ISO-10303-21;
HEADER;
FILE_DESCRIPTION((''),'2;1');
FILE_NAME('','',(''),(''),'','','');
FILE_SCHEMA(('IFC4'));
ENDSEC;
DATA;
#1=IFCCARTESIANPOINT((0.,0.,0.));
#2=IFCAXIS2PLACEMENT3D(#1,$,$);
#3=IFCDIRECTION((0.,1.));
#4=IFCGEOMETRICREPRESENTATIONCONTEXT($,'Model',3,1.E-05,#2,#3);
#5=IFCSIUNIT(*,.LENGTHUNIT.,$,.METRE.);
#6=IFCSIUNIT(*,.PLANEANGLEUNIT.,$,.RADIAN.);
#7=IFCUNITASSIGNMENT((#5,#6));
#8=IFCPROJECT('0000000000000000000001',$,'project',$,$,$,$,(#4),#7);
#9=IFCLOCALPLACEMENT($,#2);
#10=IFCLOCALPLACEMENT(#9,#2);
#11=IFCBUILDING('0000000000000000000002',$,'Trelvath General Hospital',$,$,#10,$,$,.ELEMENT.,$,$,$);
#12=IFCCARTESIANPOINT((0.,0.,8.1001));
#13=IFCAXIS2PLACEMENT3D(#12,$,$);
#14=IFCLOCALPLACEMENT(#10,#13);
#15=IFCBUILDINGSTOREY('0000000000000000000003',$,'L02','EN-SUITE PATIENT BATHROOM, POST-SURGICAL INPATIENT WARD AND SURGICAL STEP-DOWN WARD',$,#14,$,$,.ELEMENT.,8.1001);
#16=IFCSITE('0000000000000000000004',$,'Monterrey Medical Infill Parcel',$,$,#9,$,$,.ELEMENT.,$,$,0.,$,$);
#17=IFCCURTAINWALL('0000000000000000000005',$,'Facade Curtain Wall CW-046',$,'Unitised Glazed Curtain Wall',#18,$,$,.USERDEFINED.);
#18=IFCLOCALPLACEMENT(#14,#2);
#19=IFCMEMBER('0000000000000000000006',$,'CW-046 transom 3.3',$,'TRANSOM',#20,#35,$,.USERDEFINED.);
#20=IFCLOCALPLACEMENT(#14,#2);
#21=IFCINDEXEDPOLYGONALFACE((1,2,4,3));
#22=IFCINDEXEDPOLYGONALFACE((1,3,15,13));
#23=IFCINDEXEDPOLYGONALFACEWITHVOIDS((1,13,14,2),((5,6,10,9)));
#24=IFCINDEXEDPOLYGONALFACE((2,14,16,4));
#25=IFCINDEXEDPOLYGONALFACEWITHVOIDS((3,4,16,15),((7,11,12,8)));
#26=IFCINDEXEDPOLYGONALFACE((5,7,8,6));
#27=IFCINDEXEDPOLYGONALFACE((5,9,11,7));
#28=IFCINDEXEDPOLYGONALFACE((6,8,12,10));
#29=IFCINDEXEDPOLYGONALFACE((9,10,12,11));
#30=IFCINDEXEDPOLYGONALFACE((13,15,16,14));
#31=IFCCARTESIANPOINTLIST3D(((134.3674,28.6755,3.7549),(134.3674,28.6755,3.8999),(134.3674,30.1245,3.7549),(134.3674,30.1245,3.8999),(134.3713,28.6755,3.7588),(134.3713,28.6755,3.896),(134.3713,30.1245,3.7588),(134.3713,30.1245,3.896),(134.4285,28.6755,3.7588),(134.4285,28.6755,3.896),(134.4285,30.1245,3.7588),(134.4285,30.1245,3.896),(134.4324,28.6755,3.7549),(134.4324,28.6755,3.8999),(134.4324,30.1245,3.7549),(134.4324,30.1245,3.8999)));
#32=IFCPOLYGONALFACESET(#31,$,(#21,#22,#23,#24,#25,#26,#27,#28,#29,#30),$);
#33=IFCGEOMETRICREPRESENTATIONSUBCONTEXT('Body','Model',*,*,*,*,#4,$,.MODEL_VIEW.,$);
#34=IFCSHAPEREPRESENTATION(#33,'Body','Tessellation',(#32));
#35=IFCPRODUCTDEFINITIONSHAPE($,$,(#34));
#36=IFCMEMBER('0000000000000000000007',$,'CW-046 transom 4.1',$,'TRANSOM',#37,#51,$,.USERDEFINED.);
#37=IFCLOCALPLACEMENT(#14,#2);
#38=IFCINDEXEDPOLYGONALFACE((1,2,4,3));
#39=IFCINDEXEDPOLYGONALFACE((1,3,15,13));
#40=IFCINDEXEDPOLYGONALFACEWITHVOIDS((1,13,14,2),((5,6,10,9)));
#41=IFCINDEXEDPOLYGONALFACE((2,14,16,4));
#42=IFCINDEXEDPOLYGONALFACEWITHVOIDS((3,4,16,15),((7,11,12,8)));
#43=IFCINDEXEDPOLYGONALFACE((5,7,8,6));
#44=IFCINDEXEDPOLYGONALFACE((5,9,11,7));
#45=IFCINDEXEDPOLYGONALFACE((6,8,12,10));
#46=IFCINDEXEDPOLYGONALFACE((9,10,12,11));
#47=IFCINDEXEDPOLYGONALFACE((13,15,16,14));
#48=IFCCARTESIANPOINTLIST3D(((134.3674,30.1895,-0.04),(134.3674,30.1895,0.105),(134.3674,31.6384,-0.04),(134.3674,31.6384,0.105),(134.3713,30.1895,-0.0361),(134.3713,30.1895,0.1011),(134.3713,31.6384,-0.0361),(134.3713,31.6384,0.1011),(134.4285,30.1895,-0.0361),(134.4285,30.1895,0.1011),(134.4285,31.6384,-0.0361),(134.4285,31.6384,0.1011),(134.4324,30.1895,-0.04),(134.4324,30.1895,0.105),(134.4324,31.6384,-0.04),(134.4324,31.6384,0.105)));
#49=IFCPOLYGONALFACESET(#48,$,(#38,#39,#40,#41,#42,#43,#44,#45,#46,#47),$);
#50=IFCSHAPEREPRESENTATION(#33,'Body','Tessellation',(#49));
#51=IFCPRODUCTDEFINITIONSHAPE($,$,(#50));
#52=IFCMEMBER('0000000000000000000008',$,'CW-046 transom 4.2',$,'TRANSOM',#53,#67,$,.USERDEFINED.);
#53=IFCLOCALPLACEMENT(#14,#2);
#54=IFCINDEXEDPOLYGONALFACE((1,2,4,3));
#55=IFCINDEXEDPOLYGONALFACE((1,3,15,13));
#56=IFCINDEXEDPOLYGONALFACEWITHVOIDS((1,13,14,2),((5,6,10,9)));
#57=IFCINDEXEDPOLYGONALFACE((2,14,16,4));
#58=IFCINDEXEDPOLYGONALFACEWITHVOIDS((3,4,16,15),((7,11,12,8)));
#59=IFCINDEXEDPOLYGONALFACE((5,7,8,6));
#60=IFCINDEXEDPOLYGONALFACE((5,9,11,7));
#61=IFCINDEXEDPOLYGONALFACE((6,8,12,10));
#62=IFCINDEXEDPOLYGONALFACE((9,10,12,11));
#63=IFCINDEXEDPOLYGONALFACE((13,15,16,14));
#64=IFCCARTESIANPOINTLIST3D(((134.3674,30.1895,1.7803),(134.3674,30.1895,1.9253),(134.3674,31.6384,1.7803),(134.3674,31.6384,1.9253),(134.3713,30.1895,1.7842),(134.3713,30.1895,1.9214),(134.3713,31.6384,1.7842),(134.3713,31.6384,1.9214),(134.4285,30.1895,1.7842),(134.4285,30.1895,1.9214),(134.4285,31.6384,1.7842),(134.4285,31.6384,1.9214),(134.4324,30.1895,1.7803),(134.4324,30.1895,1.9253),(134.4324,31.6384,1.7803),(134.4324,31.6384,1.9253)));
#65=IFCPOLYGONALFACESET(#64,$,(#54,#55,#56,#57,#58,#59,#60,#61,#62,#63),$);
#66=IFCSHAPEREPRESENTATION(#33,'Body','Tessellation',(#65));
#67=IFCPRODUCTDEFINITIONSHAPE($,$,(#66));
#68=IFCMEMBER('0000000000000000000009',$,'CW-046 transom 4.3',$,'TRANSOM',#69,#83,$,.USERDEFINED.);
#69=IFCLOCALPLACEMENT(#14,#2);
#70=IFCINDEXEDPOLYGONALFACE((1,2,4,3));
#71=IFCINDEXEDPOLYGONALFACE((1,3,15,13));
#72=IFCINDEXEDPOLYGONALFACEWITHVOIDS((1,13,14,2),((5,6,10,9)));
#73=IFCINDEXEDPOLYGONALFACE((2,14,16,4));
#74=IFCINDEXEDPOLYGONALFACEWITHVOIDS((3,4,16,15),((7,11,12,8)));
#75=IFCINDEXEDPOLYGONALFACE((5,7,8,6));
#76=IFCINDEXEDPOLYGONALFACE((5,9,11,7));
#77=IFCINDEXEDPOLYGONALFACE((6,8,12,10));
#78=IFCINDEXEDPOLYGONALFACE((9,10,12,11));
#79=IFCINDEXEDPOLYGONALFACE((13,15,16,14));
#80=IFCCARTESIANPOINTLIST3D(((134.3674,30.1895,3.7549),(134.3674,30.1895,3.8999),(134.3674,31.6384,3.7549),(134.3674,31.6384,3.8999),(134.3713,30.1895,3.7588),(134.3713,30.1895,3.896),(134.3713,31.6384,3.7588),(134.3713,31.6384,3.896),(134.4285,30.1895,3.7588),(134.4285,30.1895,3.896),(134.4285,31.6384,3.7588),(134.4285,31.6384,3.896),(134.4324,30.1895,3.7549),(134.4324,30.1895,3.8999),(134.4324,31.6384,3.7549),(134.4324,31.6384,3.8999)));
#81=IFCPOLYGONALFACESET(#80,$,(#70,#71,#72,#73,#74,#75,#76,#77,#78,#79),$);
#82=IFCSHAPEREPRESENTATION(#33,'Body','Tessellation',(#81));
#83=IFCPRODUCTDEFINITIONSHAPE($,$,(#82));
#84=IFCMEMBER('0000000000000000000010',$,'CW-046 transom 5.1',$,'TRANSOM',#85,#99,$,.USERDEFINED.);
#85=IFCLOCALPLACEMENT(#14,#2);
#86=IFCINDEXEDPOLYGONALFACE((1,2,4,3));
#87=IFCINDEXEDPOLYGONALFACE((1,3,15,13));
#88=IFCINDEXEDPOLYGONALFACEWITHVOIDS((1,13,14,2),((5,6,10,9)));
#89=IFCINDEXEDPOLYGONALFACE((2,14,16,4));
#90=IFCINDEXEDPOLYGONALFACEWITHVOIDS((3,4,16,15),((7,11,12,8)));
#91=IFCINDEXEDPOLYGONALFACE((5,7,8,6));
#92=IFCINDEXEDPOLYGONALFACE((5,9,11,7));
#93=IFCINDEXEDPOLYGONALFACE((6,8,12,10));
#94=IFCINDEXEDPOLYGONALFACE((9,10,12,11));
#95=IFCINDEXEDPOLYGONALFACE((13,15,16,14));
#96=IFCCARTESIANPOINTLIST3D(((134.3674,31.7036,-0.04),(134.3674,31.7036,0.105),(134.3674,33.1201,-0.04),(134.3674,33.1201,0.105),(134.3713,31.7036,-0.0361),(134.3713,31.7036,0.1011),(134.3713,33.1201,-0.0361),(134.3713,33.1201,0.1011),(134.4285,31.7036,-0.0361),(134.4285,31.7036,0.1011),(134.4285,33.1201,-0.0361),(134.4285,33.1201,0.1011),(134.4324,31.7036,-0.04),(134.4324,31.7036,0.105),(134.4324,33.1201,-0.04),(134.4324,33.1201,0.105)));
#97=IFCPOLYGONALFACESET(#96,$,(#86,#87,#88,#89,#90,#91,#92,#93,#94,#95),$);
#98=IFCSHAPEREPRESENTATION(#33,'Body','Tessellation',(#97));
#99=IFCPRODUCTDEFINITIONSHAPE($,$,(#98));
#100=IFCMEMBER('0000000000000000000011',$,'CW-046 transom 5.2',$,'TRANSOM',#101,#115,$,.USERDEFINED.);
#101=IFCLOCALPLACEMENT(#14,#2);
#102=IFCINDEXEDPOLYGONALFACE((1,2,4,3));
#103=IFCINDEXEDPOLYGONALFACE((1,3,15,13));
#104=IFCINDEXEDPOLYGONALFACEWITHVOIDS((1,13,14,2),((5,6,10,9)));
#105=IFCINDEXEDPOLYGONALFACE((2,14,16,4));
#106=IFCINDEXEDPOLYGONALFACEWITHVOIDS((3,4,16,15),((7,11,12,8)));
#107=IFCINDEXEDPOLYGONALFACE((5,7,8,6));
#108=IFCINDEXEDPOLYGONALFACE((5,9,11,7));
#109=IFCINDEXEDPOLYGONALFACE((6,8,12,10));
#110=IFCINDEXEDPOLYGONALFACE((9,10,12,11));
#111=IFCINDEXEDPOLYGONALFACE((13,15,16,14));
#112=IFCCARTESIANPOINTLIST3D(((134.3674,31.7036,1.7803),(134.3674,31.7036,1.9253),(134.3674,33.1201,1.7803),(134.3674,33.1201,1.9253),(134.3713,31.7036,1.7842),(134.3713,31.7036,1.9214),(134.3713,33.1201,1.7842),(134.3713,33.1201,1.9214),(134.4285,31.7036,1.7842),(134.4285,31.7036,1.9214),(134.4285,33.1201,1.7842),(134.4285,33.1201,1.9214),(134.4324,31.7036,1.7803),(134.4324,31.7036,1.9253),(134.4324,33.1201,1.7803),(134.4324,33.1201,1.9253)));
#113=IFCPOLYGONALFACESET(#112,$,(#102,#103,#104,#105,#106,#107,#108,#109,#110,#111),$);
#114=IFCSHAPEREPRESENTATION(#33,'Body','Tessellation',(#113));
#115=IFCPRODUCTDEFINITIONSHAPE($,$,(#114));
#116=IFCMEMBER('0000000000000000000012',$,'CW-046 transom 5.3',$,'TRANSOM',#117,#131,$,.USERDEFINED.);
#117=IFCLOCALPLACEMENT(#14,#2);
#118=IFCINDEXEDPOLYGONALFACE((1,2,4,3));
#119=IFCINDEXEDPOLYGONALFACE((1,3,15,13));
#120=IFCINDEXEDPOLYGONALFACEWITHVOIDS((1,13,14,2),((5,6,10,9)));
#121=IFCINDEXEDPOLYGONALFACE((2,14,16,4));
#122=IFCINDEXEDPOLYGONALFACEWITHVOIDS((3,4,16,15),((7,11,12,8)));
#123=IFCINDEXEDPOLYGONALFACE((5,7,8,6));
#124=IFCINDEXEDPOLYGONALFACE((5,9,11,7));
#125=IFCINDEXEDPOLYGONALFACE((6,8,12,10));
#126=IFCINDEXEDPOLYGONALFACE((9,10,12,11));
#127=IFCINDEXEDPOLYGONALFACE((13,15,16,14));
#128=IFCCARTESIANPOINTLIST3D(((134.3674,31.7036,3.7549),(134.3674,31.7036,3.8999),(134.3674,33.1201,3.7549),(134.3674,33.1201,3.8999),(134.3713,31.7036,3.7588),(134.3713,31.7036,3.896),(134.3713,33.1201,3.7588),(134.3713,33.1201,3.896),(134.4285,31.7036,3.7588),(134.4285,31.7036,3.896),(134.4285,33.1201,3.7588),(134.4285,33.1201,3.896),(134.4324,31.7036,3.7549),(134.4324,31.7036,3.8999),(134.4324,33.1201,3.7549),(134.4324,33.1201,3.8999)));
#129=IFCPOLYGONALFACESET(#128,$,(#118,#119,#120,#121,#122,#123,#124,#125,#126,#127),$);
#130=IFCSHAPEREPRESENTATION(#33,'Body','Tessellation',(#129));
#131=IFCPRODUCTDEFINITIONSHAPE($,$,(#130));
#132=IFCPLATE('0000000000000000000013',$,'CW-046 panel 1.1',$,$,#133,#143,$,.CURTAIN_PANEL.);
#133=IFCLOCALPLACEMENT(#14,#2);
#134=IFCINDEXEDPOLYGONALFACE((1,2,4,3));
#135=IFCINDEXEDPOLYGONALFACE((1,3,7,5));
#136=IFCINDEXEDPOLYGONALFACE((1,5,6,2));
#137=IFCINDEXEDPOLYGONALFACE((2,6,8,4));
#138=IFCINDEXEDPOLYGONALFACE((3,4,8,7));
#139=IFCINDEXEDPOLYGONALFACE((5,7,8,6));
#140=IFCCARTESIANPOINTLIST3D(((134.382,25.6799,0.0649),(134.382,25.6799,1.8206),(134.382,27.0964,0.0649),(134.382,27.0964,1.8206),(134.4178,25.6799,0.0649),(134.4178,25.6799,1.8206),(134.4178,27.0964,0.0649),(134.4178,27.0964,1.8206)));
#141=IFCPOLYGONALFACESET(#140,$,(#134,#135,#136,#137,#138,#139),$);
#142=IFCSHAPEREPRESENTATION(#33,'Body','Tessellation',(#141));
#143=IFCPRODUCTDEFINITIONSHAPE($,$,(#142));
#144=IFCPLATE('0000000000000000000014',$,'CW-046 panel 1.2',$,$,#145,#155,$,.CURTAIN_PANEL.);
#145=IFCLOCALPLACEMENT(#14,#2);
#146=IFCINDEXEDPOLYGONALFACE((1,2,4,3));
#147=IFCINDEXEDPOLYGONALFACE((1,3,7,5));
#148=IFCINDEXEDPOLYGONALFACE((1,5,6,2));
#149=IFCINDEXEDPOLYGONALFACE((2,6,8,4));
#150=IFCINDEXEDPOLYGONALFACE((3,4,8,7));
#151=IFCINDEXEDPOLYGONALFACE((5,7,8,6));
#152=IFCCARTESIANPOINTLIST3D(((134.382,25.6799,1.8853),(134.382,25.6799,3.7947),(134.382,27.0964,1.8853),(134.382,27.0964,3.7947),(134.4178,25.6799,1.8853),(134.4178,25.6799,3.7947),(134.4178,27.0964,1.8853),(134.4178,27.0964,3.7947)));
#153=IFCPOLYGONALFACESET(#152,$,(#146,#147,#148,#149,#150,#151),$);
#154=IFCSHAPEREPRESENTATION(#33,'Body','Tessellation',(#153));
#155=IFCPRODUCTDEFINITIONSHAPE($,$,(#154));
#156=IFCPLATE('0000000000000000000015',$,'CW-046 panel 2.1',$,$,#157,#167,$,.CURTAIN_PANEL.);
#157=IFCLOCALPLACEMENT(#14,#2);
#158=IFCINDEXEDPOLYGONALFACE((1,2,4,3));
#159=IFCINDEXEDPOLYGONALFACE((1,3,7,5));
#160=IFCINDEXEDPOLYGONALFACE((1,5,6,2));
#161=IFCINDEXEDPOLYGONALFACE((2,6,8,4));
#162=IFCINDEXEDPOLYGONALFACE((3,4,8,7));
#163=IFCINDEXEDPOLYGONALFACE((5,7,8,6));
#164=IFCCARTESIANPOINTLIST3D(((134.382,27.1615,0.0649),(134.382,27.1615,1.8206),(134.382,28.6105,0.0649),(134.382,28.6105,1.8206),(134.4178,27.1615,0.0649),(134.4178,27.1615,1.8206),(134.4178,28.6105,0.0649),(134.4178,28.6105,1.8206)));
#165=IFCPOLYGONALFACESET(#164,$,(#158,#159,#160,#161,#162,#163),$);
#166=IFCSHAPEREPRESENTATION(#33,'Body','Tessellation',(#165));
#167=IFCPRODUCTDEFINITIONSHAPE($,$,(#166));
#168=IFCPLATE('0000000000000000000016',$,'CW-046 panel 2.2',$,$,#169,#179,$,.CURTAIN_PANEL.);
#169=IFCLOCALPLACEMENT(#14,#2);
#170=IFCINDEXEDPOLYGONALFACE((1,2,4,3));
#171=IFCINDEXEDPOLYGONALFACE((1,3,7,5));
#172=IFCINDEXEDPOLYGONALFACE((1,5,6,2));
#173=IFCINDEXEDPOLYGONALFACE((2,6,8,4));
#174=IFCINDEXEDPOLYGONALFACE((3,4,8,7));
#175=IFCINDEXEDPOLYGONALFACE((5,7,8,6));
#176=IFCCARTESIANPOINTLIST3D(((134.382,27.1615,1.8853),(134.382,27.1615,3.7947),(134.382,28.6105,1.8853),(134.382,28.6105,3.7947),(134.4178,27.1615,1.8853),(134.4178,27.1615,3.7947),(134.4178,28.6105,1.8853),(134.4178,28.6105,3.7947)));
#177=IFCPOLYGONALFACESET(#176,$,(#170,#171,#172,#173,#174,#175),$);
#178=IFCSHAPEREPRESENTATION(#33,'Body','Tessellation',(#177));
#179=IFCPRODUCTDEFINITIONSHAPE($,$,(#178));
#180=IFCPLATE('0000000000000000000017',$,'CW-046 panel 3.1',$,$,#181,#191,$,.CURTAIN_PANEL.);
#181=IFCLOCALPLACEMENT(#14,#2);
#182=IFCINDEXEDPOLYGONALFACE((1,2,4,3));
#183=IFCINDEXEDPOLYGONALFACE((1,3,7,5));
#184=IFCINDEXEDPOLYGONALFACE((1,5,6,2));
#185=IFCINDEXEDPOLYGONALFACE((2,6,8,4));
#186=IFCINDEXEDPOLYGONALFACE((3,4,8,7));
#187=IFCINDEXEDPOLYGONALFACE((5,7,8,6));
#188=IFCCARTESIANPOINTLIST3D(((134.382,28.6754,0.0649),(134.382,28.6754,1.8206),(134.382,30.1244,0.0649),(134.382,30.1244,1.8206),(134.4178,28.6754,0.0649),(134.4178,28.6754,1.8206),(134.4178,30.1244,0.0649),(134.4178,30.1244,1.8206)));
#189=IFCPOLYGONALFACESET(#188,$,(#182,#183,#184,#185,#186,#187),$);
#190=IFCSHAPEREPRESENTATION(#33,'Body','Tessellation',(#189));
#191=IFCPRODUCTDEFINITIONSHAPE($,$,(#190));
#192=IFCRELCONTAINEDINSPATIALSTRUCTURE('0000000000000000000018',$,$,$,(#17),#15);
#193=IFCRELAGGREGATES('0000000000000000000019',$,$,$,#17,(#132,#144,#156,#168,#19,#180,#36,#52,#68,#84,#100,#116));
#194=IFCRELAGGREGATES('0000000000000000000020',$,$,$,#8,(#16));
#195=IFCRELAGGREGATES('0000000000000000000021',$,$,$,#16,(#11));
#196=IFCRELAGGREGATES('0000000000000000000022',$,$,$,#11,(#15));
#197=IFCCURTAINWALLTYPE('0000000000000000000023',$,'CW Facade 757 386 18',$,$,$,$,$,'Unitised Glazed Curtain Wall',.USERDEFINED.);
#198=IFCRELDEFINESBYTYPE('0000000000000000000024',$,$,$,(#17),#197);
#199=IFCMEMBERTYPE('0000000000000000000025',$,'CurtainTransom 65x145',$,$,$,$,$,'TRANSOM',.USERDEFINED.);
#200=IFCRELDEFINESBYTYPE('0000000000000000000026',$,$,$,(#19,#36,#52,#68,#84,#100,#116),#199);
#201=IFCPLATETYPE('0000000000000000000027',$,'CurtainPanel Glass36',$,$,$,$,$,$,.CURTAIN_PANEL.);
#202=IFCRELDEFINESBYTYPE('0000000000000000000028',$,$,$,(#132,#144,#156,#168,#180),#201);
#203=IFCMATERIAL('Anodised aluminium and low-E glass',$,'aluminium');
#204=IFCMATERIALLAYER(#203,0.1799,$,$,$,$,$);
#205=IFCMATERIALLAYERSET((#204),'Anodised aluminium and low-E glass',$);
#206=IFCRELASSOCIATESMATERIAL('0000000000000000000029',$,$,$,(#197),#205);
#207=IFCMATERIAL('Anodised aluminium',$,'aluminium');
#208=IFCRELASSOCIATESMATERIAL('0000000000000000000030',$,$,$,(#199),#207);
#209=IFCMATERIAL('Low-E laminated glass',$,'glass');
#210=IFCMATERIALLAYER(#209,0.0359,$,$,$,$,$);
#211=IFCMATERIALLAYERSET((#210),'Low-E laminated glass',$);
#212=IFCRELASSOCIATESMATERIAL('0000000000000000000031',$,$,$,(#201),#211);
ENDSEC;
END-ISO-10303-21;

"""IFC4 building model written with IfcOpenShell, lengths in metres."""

from ifc_helpers import new_model, si_unit, direction, frame, origin, origin_2d, place, context, subcontext, project, spatial, rectangle, hollow_rectangle, extrude, material, layer, layer_set, material_profile, profile_set, type_object, element, aggregate, save


model = new_model("IFC4")

# Units and contexts
model_context = context("Model", 3, precision=1e-05, world=origin(), true_north=direction((0.0, 1.0)))
body_context = subcontext(model_context, "Body", "Model", "MODEL_VIEW")
ifc_project = project(units=[si_unit("LENGTHUNIT", "METRE"), si_unit("PLANEANGLEUNIT", "RADIAN")], contexts=[model_context])

# Site, building, storey
site_placement = place(None, origin())
site = spatial("IfcSite", under=ifc_project, at=site_placement, Name="Monterrey Medical Infill Parcel", CompositionType="ELEMENT", RefElevation=0.0)
building_placement = place(site_placement, origin())
building = spatial("IfcBuilding", under=site, at=building_placement, Name="Trelvath General Hospital", CompositionType="ELEMENT")
storey_placement = place(building_placement, frame((0.0, 0.0, 8.1001)))
storey = spatial("IfcBuildingStorey", under=building, at=storey_placement, Name="L02", Description="EN-SUITE PATIENT BATHROOM, POST-SURGICAL INPATIENT WARD AND SURGICAL STEP-DOWN WARD", CompositionType="ELEMENT", Elevation=8.1001)

# Curtain wall, members, plates
ifc_material_1 = material(Name="Anodised aluminium and low-E glass", Category="aluminium")
ifc_layer_1 = layer(ifc_material_1, 0.1799)
ifc_layer_set_1 = layer_set([ifc_layer_1], Name="Anodised aluminium and low-E glass")
curtain_wall_type = type_object("IfcCurtainWallType", Name="CW Facade 757 386 18", ElementType="Unitised Glazed Curtain Wall", PredefinedType="USERDEFINED", material=ifc_layer_set_1)
curtain_wall_placement = place(storey_placement, origin())
curtain_wall = element("IfcCurtainWall", 1, at=curtain_wall_placement, inside=storey, type_object=curtain_wall_type, Name="Facade Curtain Wall CW-046", ObjectType="Unitised Glazed Curtain Wall", PredefinedType="USERDEFINED")
ifc_material_2 = material(Name="Anodised aluminium", Category="aluminium")
ifc_material_profile_1 = material_profile(ifc_material_2, hollow_rectangle(XDim=0.0649, YDim=0.145, WallThickness=0.0039, at=origin_2d()), Name="RHS65x145x4")
ifc_profile_set_1 = profile_set([ifc_material_profile_1], Name="Anodised aluminium")
member_type_1 = type_object("IfcMemberType", Name="CurtainTransom 65x145", ElementType="TRANSOM", PredefinedType="USERDEFINED", material=ifc_profile_set_1)
member_1_placement = place(storey_placement, frame((134.3999, 28.6755, 3.8274), z_axis=(0.0, 1.0, 0.0), x_axis=(-1.0, 0.0, 0.0)))
member_1 = element("IfcMember", 2, at=member_1_placement, type_object=member_type_1, Name="CW-046 transom 3.3", ObjectType="TRANSOM", PredefinedType="USERDEFINED", context=body_context, shape_type="SweptSolid", body=[
    extrude(hollow_rectangle(XDim=0.0649, YDim=0.145, WallThickness=0.0039, at=origin_2d()), origin(), (0.0, 0.0, 1.0), 1.449),
])
member_2_placement = place(storey_placement, frame((134.3999, 30.1895, 0.0325), z_axis=(0.0, 1.0, 0.0), x_axis=(-1.0, 0.0, 0.0)))
member_2 = element("IfcMember", 3, at=member_2_placement, type_object=member_type_1, Name="CW-046 transom 4.1", ObjectType="TRANSOM", PredefinedType="USERDEFINED", context=body_context, shape_type="SweptSolid", body=[
    extrude(hollow_rectangle(XDim=0.0649, YDim=0.145, WallThickness=0.0039, at=origin_2d()), origin(), (0.0, 0.0, 1.0), 1.449),
])
member_3_placement = place(storey_placement, frame((134.3999, 30.1895, 1.8528), z_axis=(0.0, 1.0, 0.0), x_axis=(-1.0, 0.0, 0.0)))
member_3 = element("IfcMember", 4, at=member_3_placement, type_object=member_type_1, Name="CW-046 transom 4.2", ObjectType="TRANSOM", PredefinedType="USERDEFINED", context=body_context, shape_type="SweptSolid", body=[
    extrude(hollow_rectangle(XDim=0.0649, YDim=0.145, WallThickness=0.0039, at=origin_2d()), origin(), (0.0, 0.0, 1.0), 1.449),
])
member_4_placement = place(storey_placement, frame((134.3999, 30.1895, 3.8274), z_axis=(0.0, 1.0, 0.0), x_axis=(-1.0, 0.0, 0.0)))
member_4 = element("IfcMember", 5, at=member_4_placement, type_object=member_type_1, Name="CW-046 transom 4.3", ObjectType="TRANSOM", PredefinedType="USERDEFINED", context=body_context, shape_type="SweptSolid", body=[
    extrude(hollow_rectangle(XDim=0.0649, YDim=0.145, WallThickness=0.0039, at=origin_2d()), origin(), (0.0, 0.0, 1.0), 1.449),
])
member_5_placement = place(storey_placement, frame((134.3999, 31.7036, 0.0325), z_axis=(0.0, 1.0, 0.0), x_axis=(-1.0, 0.0, 0.0)))
member_5 = element("IfcMember", 6, at=member_5_placement, type_object=member_type_1, Name="CW-046 transom 5.1", ObjectType="TRANSOM", PredefinedType="USERDEFINED", context=body_context, shape_type="SweptSolid", body=[
    extrude(hollow_rectangle(XDim=0.0649, YDim=0.145, WallThickness=0.0039, at=origin_2d()), origin(), (0.0, 0.0, 1.0), 1.4165),
])
member_6_placement = place(storey_placement, frame((134.3999, 31.7036, 1.8528), z_axis=(0.0, 1.0, 0.0), x_axis=(-1.0, 0.0, 0.0)))
member_6 = element("IfcMember", 7, at=member_6_placement, type_object=member_type_1, Name="CW-046 transom 5.2", ObjectType="TRANSOM", PredefinedType="USERDEFINED", context=body_context, shape_type="SweptSolid", body=[
    extrude(hollow_rectangle(XDim=0.0649, YDim=0.145, WallThickness=0.0039, at=origin_2d()), origin(), (0.0, 0.0, 1.0), 1.4165),
])
member_7_placement = place(storey_placement, frame((134.3999, 31.7036, 3.8274), z_axis=(0.0, 1.0, 0.0), x_axis=(-1.0, 0.0, 0.0)))
member_7 = element("IfcMember", 8, at=member_7_placement, type_object=member_type_1, Name="CW-046 transom 5.3", ObjectType="TRANSOM", PredefinedType="USERDEFINED", context=body_context, shape_type="SweptSolid", body=[
    extrude(hollow_rectangle(XDim=0.0649, YDim=0.145, WallThickness=0.0039, at=origin_2d()), origin(), (0.0, 0.0, 1.0), 1.4165),
])
ifc_material_3 = material(Name="Low-E laminated glass", Category="glass")
ifc_layer_2 = layer(ifc_material_3, 0.0359)
ifc_layer_set_2 = layer_set([ifc_layer_2], Name="Low-E laminated glass")
plate_type = type_object("IfcPlateType", Name="CurtainPanel Glass36", PredefinedType="CURTAIN_PANEL", material=ifc_layer_set_2)
plate_1_placement = place(storey_placement, frame((134.3999, 26.3882, 0.0649), z_axis=(0.0, 0.0, 1.0), x_axis=(0.0, 1.0, 0.0)))
plate_1 = element("IfcPlate", 9, at=plate_1_placement, type_object=plate_type, Name="CW-046 panel 1.1", PredefinedType="CURTAIN_PANEL", context=body_context, shape_type="SweptSolid", body=[
    extrude(rectangle(XDim=1.4165, YDim=0.0359, at=origin_2d()), origin(), (0.0, 0.0, 1.0), 1.7556),
])
plate_2_placement = place(storey_placement, frame((134.3999, 26.3882, 1.8853), z_axis=(0.0, 0.0, 1.0), x_axis=(0.0, 1.0, 0.0)))
plate_2 = element("IfcPlate", 10, at=plate_2_placement, type_object=plate_type, Name="CW-046 panel 1.2", PredefinedType="CURTAIN_PANEL", context=body_context, shape_type="SweptSolid", body=[
    extrude(rectangle(XDim=1.4165, YDim=0.0359, at=origin_2d()), origin(), (0.0, 0.0, 1.0), 1.9094),
])
plate_3_placement = place(storey_placement, frame((134.3999, 27.886, 0.0649), z_axis=(0.0, 0.0, 1.0), x_axis=(0.0, 1.0, 0.0)))
plate_3 = element("IfcPlate", 11, at=plate_3_placement, type_object=plate_type, Name="CW-046 panel 2.1", PredefinedType="CURTAIN_PANEL", context=body_context, shape_type="SweptSolid", body=[
    extrude(rectangle(XDim=1.449, YDim=0.0359, at=origin_2d()), origin(), (0.0, 0.0, 1.0), 1.7556),
])
plate_4_placement = place(storey_placement, frame((134.3999, 27.886, 1.8853), z_axis=(0.0, 0.0, 1.0), x_axis=(0.0, 1.0, 0.0)))
plate_4 = element("IfcPlate", 12, at=plate_4_placement, type_object=plate_type, Name="CW-046 panel 2.2", PredefinedType="CURTAIN_PANEL", context=body_context, shape_type="SweptSolid", body=[
    extrude(rectangle(XDim=1.449, YDim=0.0359, at=origin_2d()), origin(), (0.0, 0.0, 1.0), 1.9094),
])
plate_5_placement = place(storey_placement, frame((134.3999, 29.3999, 0.0649), z_axis=(0.0, 0.0, 1.0), x_axis=(0.0, 1.0, 0.0)))
plate_5 = element("IfcPlate", 13, at=plate_5_placement, type_object=plate_type, Name="CW-046 panel 3.1", PredefinedType="CURTAIN_PANEL", context=body_context, shape_type="SweptSolid", body=[
    extrude(rectangle(XDim=1.449, YDim=0.0359, at=origin_2d()), origin(), (0.0, 0.0, 1.0), 1.7556),
])
aggregate(curtain_wall, [plate_1, plate_2, plate_3, plate_4, member_1, plate_5, member_2, member_3, member_4, member_5, member_6, member_7])

save(model, "model.ifc")
